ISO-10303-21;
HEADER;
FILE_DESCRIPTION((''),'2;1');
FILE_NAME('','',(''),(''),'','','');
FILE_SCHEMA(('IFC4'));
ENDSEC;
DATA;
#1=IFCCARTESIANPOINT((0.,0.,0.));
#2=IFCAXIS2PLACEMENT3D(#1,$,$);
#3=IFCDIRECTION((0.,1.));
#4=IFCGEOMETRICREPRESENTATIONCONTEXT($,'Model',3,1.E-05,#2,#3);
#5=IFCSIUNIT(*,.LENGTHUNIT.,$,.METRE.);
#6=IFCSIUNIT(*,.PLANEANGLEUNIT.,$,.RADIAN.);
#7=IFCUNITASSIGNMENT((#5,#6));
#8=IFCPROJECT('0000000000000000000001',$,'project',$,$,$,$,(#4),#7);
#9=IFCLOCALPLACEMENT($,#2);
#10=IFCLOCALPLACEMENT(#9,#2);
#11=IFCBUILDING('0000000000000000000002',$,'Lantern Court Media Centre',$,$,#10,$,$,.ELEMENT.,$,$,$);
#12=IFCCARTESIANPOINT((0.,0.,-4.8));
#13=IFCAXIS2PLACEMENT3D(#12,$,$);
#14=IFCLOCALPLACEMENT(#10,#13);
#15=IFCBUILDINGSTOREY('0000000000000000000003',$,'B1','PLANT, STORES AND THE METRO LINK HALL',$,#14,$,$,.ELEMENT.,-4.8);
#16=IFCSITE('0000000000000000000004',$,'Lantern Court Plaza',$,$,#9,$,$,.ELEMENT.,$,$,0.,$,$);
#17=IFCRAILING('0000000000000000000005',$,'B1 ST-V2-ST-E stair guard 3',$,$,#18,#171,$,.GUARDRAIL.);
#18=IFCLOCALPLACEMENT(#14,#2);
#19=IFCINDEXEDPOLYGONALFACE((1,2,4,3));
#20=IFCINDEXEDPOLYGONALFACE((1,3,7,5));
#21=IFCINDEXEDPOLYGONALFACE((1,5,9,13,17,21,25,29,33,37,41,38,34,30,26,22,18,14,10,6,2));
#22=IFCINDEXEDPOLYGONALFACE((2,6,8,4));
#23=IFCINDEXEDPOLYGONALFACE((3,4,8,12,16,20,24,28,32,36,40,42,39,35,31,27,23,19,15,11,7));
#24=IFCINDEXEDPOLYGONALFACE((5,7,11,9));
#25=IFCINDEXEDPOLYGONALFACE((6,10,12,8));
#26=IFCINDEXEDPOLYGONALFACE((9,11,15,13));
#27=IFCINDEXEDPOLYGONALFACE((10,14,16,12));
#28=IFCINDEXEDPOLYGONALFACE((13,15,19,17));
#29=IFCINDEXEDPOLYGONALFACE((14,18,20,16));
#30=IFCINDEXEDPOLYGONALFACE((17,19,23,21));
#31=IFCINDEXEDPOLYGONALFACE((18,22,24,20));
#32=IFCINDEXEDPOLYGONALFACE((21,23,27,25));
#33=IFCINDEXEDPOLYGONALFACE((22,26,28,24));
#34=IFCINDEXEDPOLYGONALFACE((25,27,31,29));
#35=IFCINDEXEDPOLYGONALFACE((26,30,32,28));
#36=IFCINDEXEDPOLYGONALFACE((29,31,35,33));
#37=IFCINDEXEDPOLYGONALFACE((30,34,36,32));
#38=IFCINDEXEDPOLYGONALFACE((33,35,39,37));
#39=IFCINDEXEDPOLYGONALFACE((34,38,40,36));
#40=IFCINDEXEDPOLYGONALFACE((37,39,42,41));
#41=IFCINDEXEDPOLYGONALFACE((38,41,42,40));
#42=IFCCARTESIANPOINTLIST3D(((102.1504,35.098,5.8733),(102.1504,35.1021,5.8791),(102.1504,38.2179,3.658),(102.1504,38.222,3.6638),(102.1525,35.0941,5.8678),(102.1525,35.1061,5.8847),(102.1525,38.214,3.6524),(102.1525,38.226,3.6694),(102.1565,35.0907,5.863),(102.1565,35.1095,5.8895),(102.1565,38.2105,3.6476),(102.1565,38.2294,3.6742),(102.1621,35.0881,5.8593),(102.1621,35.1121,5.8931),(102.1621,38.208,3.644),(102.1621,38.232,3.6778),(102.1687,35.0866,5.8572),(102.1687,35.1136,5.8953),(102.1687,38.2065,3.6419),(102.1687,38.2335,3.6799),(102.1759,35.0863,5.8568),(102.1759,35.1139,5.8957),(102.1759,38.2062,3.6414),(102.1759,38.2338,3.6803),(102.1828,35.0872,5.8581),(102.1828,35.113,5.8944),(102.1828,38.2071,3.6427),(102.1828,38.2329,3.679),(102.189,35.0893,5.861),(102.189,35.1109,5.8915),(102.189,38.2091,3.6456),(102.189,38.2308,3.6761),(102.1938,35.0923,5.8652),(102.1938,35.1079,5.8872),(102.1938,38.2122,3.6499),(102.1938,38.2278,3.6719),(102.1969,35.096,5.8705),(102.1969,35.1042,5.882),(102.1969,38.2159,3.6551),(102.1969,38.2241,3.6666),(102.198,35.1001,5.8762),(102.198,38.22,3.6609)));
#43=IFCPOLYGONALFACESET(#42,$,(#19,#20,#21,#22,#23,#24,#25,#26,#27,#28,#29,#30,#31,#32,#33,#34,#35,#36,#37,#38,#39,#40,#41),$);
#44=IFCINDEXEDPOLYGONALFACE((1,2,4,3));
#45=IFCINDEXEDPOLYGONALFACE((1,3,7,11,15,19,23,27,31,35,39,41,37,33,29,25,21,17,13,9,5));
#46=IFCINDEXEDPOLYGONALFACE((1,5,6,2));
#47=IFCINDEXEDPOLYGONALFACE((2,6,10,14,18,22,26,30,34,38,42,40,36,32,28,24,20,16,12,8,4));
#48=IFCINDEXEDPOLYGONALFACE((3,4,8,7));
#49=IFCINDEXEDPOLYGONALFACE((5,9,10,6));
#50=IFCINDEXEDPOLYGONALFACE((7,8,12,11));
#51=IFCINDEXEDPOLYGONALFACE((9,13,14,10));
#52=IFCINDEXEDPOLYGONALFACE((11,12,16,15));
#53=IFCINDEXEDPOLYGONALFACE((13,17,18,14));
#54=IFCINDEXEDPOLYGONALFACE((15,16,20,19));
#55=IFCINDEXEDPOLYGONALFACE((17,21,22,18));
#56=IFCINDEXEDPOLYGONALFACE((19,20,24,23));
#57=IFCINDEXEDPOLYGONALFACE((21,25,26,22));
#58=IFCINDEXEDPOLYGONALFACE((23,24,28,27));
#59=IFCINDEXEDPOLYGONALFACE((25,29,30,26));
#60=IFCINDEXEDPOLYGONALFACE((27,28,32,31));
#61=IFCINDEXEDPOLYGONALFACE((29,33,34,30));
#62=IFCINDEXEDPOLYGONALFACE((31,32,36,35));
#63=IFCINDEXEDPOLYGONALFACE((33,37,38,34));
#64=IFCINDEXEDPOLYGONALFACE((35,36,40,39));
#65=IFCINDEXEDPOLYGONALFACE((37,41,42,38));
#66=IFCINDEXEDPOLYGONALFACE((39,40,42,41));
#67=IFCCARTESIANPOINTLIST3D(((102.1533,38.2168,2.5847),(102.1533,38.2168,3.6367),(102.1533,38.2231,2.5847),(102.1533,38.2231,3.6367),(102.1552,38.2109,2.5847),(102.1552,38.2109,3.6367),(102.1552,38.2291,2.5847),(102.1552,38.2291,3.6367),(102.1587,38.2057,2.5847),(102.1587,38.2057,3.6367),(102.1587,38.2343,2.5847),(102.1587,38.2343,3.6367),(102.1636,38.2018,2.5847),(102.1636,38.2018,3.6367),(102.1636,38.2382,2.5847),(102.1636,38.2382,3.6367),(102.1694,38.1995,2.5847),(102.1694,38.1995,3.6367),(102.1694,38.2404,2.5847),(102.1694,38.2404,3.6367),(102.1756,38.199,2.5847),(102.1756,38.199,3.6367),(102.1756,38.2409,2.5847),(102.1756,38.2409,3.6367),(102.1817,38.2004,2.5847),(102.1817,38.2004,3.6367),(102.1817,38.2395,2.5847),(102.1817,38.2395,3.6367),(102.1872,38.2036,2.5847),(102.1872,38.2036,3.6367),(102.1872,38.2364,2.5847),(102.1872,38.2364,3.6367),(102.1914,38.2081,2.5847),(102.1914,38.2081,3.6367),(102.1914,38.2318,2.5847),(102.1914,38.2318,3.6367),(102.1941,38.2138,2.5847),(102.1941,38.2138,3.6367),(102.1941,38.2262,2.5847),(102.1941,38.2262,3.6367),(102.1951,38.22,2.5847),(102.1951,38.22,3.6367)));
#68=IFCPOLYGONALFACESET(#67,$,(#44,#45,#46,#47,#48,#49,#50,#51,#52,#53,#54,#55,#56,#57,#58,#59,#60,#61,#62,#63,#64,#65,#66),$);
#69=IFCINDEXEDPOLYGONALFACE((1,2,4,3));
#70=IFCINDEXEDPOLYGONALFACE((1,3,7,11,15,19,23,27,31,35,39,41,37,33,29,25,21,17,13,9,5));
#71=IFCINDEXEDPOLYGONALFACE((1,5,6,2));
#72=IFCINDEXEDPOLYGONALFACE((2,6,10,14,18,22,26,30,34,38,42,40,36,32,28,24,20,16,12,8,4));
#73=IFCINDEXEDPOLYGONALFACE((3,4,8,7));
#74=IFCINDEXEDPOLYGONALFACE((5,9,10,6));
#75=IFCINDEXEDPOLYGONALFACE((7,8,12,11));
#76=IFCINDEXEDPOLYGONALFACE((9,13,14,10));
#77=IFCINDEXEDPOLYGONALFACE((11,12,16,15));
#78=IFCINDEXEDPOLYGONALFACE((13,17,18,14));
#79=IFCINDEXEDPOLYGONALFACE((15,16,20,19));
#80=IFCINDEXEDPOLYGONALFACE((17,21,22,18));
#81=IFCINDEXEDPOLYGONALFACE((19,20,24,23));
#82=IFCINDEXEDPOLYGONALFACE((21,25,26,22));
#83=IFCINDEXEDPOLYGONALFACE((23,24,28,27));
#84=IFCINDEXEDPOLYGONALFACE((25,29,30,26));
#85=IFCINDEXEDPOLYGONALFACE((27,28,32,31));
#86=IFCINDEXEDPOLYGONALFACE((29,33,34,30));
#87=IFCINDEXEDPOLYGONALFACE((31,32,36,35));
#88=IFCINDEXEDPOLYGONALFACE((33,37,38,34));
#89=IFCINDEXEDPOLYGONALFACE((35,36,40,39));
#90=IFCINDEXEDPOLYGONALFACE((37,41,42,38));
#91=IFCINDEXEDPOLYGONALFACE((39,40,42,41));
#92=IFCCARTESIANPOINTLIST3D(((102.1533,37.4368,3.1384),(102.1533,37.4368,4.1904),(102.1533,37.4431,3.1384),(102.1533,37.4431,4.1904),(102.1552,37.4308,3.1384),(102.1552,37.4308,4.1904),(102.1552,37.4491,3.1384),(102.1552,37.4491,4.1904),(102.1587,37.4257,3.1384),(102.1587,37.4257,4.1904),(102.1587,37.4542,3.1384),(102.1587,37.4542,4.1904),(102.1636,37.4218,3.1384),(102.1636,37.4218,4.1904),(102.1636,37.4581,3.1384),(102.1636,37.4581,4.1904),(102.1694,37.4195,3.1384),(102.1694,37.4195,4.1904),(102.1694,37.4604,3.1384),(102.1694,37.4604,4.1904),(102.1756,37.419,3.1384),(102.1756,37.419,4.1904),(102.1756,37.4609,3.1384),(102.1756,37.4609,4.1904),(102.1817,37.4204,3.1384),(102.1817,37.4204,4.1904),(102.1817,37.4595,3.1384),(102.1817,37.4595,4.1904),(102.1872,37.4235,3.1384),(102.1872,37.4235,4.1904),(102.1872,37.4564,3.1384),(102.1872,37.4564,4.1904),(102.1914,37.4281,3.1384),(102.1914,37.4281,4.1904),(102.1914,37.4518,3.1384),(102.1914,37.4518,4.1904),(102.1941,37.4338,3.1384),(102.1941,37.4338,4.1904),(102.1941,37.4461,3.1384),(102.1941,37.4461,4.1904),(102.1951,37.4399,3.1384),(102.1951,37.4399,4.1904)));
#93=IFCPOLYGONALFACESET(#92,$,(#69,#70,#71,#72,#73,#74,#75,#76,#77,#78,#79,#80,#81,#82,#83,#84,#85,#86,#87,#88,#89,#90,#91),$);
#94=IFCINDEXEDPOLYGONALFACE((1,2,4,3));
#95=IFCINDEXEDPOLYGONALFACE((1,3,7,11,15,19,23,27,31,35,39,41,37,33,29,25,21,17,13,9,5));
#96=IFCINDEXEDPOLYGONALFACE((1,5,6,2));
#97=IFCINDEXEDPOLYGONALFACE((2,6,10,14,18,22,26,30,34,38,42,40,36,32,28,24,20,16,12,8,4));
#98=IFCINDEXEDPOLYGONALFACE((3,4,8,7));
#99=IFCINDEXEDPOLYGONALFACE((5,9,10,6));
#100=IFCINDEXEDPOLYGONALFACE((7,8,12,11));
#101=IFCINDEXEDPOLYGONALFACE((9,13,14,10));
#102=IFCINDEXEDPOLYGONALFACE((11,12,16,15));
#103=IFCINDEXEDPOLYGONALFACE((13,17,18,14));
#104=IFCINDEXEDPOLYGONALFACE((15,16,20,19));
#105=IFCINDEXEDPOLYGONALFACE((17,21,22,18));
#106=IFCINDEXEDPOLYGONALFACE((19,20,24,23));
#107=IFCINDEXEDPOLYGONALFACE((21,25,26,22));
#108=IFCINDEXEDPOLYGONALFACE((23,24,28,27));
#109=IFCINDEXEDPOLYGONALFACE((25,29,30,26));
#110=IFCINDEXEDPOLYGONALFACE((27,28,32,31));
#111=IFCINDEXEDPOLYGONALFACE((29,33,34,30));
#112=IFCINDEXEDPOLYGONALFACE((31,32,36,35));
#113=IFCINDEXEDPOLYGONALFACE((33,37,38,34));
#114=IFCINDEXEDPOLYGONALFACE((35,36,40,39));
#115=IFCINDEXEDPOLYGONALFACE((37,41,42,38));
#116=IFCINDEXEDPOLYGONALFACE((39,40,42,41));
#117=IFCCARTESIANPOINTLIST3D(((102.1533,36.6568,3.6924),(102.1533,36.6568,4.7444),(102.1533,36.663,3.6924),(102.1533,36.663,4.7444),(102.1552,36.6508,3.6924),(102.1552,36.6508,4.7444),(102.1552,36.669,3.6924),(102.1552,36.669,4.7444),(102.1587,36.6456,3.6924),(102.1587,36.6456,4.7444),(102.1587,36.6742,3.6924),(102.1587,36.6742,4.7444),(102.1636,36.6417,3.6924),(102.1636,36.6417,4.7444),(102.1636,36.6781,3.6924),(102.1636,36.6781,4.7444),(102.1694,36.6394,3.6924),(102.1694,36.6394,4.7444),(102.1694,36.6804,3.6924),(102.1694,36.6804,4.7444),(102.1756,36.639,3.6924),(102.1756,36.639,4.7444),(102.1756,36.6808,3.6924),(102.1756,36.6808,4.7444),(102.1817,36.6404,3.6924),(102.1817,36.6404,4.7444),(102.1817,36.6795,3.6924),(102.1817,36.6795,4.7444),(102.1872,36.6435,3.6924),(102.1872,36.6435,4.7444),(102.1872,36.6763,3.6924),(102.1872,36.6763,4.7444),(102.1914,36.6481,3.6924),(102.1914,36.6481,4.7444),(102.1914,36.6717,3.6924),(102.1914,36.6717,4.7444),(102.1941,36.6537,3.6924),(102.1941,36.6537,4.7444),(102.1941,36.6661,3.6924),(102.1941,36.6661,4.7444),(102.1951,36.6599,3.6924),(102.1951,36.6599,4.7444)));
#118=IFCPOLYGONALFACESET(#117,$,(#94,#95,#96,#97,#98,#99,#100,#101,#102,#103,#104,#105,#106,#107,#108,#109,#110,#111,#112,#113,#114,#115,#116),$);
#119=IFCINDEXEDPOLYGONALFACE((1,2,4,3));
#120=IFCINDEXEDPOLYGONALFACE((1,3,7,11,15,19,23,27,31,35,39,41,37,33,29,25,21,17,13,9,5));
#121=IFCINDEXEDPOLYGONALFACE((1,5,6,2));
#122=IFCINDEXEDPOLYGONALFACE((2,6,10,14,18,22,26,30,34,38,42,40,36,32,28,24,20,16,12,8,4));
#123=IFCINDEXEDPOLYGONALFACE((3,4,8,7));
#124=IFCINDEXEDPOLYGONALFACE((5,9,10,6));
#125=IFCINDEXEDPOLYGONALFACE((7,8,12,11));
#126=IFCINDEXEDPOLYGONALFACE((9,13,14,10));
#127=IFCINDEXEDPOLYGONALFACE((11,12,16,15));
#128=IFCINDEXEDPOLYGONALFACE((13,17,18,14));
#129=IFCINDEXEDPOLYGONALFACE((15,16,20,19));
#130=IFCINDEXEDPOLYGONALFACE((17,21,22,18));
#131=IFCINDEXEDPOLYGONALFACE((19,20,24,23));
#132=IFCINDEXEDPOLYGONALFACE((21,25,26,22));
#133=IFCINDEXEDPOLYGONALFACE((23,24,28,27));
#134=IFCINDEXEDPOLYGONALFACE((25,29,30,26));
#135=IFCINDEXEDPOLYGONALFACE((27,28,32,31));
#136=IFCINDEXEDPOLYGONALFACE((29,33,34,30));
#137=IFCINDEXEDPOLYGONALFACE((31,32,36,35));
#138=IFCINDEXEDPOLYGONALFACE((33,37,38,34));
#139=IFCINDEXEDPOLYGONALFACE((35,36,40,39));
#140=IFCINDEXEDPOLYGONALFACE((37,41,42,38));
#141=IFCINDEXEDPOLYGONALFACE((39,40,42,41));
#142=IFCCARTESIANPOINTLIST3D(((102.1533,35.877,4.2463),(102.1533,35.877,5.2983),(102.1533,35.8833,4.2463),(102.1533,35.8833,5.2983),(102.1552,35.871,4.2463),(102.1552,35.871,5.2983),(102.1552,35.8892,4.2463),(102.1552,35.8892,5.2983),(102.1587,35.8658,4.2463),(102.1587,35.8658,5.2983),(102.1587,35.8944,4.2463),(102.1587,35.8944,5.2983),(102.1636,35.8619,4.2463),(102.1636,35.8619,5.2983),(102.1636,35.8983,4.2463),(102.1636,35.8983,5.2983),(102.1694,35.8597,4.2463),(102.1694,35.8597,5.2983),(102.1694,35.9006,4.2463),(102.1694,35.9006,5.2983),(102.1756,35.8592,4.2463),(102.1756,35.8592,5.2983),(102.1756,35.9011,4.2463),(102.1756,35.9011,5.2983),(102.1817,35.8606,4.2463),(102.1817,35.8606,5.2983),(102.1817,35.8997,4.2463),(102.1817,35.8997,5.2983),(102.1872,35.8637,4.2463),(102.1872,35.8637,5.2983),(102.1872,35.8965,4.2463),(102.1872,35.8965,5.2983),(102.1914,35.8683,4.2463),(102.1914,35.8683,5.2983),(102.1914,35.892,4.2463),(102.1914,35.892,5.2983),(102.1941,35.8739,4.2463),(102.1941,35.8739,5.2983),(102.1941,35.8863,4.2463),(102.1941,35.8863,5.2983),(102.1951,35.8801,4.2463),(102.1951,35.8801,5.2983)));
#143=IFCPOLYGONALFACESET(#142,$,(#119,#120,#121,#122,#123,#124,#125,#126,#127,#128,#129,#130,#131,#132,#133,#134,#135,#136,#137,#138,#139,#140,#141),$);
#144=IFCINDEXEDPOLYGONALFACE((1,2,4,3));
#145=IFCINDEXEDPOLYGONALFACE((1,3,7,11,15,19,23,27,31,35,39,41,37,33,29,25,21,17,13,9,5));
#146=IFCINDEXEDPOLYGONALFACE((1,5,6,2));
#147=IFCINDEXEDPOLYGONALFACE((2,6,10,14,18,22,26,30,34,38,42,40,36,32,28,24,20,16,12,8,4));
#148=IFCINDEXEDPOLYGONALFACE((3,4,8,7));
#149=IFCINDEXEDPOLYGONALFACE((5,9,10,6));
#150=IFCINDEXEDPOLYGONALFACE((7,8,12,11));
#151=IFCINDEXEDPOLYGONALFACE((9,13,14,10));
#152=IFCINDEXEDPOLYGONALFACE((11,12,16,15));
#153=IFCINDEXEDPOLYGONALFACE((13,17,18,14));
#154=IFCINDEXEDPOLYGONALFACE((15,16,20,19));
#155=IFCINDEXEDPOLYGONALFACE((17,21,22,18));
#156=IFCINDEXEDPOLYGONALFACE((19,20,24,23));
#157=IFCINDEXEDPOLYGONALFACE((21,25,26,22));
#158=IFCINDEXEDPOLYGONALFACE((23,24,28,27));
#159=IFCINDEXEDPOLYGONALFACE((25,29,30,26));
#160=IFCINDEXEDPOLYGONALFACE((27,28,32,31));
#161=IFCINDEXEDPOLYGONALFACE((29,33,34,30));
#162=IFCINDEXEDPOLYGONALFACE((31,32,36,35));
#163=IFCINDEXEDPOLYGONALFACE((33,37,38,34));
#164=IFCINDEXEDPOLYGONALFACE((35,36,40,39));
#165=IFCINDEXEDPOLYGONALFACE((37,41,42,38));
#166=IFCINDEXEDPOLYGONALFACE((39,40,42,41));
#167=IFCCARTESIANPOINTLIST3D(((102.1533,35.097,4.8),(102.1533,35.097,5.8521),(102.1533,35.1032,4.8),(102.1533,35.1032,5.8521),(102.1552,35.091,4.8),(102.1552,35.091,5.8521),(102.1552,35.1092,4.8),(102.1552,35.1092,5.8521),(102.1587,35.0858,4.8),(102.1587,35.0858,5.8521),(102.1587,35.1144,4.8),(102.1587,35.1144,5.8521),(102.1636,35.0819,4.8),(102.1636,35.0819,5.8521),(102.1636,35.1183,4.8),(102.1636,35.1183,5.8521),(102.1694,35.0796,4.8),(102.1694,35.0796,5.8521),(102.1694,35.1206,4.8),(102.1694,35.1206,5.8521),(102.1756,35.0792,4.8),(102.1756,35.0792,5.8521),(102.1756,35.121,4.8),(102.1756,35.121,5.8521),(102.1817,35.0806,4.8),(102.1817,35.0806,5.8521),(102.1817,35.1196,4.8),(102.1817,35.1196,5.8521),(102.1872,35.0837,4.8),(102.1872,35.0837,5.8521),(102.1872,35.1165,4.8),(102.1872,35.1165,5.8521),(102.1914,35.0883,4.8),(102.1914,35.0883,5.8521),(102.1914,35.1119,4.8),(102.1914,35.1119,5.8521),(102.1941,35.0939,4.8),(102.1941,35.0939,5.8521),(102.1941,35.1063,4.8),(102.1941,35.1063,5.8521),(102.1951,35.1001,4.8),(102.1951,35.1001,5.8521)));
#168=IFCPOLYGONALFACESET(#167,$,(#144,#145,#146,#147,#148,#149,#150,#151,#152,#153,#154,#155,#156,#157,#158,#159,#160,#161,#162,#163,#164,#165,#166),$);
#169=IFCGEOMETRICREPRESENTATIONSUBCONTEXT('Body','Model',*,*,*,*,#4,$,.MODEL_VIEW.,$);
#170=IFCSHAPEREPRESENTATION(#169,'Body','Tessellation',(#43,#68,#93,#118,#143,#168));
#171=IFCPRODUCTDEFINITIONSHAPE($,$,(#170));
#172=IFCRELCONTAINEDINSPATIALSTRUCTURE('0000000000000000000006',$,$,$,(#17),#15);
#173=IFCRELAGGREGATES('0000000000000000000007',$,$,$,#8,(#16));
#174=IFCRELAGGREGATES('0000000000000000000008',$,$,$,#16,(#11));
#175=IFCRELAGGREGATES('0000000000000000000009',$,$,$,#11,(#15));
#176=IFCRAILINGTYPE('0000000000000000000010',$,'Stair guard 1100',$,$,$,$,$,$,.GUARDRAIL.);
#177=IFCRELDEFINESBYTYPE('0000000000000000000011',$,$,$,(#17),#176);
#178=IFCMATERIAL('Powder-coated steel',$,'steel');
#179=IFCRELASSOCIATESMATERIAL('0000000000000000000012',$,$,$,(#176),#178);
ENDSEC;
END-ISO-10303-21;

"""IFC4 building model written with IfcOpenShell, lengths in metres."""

from ifc_helpers import new_model, si_unit, direction, frame, origin, origin_2d, place, context, subcontext, project, spatial, circle, extrude, material, type_object, element, save


model = new_model("IFC4")

# Units and contexts
model_context = context("Model", 3, precision=1e-05, world=origin(), true_north=direction((0.0, 1.0)))
body_context = subcontext(model_context, "Body", "Model", "MODEL_VIEW")
ifc_project = project(units=[si_unit("LENGTHUNIT", "METRE"), si_unit("PLANEANGLEUNIT", "RADIAN")], contexts=[model_context])

# Site, building, storey
site_placement = place(None, origin())
site = spatial("IfcSite", under=ifc_project, at=site_placement, Name="Lantern Court Plaza", CompositionType="ELEMENT", RefElevation=0.0)
building_placement = place(site_placement, origin())
building = spatial("IfcBuilding", under=site, at=building_placement, Name="Lantern Court Media Centre", CompositionType="ELEMENT")
storey_placement = place(building_placement, frame((0.0, 0.0, -4.8)))
storey = spatial("IfcBuildingStorey", under=building, at=storey_placement, Name="B1", Description="PLANT, STORES AND THE METRO LINK HALL", CompositionType="ELEMENT", Elevation=-4.8)

# Railing
ifc_material_1 = material(Name="Powder-coated steel", Category="steel")
railing_type = type_object("IfcRailingType", Name="Stair guard 1100", PredefinedType="GUARDRAIL", material=ifc_material_1)
railing_1_placement = place(storey_placement, frame((102.1741, 38.22, 2.5847)))
element("IfcRailing", 1, at=railing_1_placement, inside=storey, type_object=railing_type, Name="B1 ST-V2-ST-E stair guard 3", PredefinedType="GUARDRAIL", context=body_context, shape_type="SweptSolid", body=[
    extrude(circle(Radius=0.0239, at=origin_2d()), frame((0.0, 0.0, 1.0762), z_axis=(0.0, -0.815356, 0.578961), x_axis=(1.0, 0.0, 0.0)), (0.0, 0.0, 1.0), 3.8264),
    extrude(circle(Radius=0.021, at=origin_2d()), origin(), (0.0, 0.0, 1.0), 1.052),
    extrude(circle(Radius=0.021, at=origin_2d()), frame((0.0, -0.78, 0.5537)), (0.0, 0.0, 1.0), 1.052),
    extrude(circle(Radius=0.021, at=origin_2d()), frame((0.0, -1.5601, 1.1077)), (0.0, 0.0, 1.0), 1.052),
    extrude(circle(Radius=0.021, at=origin_2d()), frame((0.0, -2.3398, 1.6616)), (0.0, 0.0, 1.0), 1.052),
    extrude(circle(Radius=0.021, at=origin_2d()), frame((0.0, -3.1199, 2.2153)), (0.0, 0.0, 1.0), 1.052),
])

save(model, "model.ifc")
